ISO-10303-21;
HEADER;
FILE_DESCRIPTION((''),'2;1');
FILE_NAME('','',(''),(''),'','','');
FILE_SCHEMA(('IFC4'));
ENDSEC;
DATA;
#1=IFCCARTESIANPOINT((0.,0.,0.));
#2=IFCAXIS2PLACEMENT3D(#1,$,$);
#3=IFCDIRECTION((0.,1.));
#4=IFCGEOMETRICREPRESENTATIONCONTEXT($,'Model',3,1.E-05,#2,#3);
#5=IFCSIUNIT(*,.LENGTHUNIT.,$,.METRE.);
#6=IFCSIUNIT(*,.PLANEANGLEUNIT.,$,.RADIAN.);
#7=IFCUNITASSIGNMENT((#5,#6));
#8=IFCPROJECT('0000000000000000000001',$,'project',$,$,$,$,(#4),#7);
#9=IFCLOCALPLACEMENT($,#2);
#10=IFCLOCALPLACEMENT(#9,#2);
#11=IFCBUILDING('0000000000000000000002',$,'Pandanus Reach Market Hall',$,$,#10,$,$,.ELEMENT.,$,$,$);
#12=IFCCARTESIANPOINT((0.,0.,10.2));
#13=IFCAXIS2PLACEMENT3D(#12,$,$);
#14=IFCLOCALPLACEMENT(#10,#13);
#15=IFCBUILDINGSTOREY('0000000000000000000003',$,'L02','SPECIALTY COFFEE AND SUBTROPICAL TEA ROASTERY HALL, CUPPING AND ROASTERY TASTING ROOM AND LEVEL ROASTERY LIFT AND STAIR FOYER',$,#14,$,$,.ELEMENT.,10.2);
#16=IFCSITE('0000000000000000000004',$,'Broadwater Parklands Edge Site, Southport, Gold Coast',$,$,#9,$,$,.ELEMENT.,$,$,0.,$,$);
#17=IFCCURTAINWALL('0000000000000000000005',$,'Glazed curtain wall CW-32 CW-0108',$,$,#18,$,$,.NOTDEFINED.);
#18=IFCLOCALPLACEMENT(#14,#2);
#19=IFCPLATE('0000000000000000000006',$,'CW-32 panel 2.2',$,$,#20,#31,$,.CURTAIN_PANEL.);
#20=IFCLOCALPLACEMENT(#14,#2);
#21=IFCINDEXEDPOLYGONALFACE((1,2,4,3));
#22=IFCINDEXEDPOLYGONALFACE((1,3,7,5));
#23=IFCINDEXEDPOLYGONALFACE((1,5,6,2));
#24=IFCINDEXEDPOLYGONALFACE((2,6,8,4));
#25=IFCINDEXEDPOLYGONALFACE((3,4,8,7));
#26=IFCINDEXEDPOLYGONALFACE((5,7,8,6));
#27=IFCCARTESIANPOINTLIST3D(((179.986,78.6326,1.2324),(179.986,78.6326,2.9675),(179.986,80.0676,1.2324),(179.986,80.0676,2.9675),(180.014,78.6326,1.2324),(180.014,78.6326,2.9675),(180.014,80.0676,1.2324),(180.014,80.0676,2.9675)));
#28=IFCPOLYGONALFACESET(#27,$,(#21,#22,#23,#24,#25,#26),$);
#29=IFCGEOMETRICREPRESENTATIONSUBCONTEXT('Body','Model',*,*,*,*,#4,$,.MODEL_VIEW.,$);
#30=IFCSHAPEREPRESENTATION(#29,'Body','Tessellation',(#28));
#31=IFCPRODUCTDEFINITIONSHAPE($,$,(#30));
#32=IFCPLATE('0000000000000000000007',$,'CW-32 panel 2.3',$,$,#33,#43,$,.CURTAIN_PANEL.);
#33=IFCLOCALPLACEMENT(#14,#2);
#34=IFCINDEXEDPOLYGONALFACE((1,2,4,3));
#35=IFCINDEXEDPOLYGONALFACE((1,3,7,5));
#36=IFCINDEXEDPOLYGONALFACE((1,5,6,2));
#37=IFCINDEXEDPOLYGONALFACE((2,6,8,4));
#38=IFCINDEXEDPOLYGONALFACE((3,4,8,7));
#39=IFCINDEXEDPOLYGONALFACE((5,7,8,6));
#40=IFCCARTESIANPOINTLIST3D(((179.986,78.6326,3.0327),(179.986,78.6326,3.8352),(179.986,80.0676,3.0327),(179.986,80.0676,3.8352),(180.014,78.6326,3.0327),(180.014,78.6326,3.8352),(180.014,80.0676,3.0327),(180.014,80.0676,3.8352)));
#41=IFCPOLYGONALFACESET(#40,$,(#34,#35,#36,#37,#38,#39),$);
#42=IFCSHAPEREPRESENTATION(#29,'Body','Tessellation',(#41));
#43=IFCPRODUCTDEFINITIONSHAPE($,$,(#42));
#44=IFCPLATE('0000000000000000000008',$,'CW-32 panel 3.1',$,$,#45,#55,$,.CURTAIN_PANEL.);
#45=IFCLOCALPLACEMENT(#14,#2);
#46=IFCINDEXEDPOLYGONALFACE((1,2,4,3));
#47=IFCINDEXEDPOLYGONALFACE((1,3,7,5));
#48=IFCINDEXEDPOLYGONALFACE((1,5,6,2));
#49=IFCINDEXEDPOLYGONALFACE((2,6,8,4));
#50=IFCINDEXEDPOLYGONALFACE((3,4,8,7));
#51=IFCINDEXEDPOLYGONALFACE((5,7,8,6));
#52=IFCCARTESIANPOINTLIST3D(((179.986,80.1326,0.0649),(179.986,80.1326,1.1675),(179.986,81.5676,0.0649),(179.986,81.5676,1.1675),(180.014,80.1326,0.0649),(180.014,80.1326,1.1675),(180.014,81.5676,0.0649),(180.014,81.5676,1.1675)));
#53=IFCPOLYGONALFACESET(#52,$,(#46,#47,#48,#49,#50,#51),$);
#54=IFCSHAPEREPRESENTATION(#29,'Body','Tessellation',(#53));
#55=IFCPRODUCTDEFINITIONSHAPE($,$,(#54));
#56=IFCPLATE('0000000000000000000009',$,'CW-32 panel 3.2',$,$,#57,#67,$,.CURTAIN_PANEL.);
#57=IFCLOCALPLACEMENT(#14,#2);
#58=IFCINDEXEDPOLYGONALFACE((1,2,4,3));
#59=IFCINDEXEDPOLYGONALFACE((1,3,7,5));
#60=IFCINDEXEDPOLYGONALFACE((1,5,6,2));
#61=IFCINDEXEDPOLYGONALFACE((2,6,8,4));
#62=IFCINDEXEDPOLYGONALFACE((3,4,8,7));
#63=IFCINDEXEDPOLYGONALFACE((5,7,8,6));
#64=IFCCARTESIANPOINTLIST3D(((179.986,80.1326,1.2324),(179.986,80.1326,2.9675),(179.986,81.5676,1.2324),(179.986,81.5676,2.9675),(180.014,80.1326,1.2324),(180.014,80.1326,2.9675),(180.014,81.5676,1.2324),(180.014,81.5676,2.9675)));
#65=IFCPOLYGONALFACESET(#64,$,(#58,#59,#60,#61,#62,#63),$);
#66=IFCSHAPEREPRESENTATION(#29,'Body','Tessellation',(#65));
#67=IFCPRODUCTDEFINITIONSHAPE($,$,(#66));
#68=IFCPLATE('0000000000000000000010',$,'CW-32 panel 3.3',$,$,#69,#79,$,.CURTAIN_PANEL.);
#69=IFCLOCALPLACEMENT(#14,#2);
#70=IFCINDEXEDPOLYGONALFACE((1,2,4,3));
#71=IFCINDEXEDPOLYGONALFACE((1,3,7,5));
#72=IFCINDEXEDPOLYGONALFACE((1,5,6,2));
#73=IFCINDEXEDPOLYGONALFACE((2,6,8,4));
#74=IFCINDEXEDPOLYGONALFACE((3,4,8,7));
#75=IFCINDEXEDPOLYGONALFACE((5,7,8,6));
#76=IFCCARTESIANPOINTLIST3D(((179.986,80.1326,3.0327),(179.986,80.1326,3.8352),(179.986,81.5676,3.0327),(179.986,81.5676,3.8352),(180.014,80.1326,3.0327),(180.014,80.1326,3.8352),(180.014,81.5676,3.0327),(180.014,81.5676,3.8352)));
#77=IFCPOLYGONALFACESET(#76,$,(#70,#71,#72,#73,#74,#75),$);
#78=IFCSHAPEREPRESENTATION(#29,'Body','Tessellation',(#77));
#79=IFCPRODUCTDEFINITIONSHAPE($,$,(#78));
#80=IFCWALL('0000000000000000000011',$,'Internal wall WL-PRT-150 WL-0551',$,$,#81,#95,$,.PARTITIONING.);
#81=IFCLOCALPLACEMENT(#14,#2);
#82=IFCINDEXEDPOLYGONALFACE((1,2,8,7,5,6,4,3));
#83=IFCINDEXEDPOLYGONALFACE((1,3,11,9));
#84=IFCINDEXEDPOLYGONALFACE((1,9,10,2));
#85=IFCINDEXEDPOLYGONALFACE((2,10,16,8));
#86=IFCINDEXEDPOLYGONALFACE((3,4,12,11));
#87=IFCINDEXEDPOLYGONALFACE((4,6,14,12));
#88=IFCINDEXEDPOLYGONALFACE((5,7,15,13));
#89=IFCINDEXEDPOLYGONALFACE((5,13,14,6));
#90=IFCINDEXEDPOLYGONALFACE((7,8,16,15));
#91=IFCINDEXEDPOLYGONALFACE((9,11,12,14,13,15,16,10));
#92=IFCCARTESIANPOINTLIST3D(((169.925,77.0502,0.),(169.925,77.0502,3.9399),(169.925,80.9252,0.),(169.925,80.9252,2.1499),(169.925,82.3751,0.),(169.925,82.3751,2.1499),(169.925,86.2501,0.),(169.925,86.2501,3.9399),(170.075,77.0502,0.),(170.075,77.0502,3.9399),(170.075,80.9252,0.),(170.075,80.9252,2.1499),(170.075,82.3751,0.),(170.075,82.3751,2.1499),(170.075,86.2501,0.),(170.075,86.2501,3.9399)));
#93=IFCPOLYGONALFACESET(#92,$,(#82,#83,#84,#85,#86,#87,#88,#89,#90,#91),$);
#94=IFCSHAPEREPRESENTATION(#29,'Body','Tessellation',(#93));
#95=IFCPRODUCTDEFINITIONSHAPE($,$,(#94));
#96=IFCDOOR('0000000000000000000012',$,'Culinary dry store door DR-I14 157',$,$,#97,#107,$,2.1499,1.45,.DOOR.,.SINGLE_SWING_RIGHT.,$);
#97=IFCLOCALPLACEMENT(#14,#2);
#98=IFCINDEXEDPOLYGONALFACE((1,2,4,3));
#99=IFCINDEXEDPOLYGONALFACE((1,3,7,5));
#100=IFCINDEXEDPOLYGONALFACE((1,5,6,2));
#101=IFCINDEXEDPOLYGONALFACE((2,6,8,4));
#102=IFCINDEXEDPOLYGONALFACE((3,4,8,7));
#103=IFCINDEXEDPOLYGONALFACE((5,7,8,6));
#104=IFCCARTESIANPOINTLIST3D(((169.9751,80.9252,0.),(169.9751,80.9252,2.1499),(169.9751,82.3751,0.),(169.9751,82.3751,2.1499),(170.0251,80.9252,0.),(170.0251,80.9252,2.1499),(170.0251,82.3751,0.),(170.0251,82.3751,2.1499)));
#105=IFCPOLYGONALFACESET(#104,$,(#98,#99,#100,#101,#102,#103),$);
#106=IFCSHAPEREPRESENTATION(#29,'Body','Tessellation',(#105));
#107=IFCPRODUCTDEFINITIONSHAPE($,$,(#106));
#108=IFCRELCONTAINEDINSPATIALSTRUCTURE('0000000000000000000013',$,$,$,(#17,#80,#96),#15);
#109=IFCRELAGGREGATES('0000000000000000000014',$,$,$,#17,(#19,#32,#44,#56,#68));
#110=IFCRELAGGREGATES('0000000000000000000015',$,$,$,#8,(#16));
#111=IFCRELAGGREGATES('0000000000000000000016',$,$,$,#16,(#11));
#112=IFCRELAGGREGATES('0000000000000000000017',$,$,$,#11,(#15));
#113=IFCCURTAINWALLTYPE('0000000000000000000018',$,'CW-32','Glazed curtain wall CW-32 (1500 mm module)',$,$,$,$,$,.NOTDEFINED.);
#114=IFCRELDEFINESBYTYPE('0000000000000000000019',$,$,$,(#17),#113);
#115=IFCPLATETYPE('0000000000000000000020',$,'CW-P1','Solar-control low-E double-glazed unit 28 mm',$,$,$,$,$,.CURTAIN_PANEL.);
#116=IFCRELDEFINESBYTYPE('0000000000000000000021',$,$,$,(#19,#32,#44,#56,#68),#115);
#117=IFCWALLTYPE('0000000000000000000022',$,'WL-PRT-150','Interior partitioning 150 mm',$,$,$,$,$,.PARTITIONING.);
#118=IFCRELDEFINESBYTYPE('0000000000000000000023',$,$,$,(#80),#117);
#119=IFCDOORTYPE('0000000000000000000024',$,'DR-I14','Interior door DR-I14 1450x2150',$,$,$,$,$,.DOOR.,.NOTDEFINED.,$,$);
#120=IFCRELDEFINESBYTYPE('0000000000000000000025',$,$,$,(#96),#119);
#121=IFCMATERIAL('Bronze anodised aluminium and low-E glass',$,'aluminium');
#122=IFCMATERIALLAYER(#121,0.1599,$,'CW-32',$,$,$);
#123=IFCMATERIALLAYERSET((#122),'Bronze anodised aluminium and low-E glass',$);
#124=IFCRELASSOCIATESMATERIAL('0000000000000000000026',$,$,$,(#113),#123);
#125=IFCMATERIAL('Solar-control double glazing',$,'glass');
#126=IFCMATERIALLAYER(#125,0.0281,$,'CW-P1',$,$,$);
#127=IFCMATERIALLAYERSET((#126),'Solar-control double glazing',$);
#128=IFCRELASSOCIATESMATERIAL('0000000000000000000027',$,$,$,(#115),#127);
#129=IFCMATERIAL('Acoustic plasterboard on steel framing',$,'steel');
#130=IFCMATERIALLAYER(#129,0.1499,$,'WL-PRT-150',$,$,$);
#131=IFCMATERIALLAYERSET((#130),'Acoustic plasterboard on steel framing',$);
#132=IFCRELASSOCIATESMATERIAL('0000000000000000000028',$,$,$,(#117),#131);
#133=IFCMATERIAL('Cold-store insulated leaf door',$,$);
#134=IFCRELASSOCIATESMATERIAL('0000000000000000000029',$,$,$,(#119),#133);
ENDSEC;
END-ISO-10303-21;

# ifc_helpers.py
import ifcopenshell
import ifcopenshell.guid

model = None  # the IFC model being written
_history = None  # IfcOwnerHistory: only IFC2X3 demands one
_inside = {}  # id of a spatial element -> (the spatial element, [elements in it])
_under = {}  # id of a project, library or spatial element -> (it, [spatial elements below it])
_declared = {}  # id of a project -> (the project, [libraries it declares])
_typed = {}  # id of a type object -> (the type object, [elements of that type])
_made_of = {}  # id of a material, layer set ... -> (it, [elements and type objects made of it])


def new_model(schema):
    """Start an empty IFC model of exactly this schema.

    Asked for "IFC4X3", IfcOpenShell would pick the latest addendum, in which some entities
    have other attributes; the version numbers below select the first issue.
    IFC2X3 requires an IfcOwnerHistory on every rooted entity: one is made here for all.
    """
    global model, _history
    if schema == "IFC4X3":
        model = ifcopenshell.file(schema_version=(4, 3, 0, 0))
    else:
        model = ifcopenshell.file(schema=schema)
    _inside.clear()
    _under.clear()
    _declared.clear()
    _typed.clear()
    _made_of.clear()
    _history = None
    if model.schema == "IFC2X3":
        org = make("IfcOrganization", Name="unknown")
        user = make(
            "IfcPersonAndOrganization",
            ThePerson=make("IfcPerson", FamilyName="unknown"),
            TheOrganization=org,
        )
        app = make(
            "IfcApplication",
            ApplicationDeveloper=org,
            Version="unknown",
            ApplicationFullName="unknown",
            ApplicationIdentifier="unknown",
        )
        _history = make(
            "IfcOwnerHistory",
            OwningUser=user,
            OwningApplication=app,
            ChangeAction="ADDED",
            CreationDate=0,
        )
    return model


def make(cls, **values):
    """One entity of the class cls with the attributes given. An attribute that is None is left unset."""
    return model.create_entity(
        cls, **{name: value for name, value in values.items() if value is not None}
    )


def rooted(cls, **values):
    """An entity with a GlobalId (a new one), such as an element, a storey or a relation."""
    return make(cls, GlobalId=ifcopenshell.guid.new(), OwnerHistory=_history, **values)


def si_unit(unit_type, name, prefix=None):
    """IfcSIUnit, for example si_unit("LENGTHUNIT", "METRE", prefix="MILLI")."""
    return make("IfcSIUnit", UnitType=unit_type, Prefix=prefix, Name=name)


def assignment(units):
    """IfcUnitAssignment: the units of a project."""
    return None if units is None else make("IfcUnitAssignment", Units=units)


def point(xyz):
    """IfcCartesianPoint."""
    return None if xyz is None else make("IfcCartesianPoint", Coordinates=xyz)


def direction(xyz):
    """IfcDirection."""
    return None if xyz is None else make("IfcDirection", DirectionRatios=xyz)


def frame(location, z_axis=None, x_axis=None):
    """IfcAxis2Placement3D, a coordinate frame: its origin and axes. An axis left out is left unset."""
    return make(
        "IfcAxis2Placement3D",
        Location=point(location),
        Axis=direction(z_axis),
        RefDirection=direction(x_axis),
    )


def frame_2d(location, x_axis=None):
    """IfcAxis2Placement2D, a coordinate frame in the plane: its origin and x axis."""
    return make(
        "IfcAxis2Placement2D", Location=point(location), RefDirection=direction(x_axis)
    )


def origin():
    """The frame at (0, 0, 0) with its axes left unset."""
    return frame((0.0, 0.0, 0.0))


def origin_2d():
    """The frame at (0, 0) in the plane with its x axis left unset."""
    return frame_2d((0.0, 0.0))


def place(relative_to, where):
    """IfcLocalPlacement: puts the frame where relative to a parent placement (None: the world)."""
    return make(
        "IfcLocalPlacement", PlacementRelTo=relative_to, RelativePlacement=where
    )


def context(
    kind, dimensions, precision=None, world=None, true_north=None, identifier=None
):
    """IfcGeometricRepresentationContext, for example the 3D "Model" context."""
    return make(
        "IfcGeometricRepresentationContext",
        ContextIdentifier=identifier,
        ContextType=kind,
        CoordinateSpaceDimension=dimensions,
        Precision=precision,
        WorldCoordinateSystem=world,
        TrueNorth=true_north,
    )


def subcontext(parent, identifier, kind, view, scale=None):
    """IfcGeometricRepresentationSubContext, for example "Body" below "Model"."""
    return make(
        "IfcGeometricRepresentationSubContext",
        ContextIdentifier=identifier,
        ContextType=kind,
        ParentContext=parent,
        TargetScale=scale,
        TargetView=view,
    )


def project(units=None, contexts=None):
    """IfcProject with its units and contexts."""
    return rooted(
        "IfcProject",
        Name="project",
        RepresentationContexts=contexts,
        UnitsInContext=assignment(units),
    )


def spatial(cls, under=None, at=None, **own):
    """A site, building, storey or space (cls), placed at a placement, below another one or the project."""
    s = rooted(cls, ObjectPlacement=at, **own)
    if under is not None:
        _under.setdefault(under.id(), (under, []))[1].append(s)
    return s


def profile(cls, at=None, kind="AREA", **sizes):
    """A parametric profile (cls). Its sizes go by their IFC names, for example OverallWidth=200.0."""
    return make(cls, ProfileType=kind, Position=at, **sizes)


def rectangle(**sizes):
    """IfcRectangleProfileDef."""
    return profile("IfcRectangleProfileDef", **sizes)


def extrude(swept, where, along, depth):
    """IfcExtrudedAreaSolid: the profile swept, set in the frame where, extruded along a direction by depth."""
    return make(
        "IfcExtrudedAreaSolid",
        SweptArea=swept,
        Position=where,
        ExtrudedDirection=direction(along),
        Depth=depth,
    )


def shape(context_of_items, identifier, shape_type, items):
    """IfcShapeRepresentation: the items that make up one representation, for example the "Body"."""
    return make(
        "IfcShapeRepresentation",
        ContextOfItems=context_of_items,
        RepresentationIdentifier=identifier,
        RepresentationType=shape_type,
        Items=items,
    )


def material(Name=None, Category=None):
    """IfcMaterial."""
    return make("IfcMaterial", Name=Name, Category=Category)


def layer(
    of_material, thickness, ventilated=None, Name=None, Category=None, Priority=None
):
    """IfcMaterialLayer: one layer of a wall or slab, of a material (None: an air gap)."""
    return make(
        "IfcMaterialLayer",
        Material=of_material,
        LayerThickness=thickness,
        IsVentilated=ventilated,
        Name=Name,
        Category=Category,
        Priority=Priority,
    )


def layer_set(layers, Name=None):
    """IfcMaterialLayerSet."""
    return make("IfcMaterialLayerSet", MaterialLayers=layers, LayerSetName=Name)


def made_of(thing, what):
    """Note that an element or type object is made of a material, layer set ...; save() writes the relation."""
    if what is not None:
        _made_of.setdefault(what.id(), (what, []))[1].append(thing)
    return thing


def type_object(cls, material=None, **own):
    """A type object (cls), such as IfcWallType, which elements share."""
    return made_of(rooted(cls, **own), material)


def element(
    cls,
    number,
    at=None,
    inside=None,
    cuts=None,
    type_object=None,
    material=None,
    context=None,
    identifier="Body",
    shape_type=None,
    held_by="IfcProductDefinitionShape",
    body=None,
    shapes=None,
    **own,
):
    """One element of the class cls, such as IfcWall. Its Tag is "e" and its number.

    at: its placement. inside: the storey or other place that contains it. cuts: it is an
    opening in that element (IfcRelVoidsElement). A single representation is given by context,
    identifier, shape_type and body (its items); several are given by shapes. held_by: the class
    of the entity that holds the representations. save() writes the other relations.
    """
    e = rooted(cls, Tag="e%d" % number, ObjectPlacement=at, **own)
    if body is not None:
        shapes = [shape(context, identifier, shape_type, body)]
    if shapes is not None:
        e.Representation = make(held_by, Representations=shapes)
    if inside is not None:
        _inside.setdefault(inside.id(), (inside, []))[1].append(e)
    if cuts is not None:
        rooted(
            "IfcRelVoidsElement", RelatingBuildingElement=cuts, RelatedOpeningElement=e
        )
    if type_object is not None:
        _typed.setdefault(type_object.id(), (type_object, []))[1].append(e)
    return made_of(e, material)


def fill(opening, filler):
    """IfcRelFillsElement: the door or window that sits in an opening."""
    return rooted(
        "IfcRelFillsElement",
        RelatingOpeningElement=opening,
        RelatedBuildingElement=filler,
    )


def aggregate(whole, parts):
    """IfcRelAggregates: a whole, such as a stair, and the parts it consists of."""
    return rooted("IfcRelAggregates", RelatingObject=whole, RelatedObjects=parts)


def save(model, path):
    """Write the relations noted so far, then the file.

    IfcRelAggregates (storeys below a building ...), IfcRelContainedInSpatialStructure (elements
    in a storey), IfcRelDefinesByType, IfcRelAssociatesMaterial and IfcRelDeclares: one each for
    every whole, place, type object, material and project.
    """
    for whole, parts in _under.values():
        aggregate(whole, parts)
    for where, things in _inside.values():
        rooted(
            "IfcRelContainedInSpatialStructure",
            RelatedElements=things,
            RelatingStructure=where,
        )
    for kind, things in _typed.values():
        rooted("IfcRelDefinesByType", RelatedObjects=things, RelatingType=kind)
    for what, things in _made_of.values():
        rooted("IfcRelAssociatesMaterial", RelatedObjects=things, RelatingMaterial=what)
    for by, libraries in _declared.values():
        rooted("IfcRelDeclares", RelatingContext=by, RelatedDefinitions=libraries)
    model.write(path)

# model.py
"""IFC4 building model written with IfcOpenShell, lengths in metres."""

from ifc_helpers import new_model, si_unit, direction, frame, frame_2d, origin, origin_2d, place, context, subcontext, project, spatial, rectangle, extrude, material, layer, layer_set, type_object, element, fill, aggregate, save


model = new_model("IFC4")

# Units and contexts
model_context = context("Model", 3, precision=1e-05, world=origin(), true_north=direction((0.0, 1.0)))
body_context = subcontext(model_context, "Body", "Model", "MODEL_VIEW")
ifc_project = project(units=[si_unit("LENGTHUNIT", "METRE"), si_unit("PLANEANGLEUNIT", "RADIAN")], contexts=[model_context])

# Site, building, storey
site_placement = place(None, origin())
site = spatial("IfcSite", under=ifc_project, at=site_placement, Name="Broadwater Parklands Edge Site, Southport, Gold Coast", CompositionType="ELEMENT", RefElevation=0.0)
building_placement = place(site_placement, origin())
building = spatial("IfcBuilding", under=site, at=building_placement, Name="Pandanus Reach Market Hall", CompositionType="ELEMENT")
storey_placement = place(building_placement, frame((0.0, 0.0, 10.2)))
storey = spatial("IfcBuildingStorey", under=building, at=storey_placement, Name="L02", Description="SPECIALTY COFFEE AND SUBTROPICAL TEA ROASTERY HALL, CUPPING AND ROASTERY TASTING ROOM AND LEVEL ROASTERY LIFT AND STAIR FOYER", CompositionType="ELEMENT", Elevation=10.2)

# Curtain wall, plates
ifc_material_1 = material(Name="Bronze anodised aluminium and low-E glass", Category="aluminium")
ifc_layer_1 = layer(ifc_material_1, 0.1599, Name="CW-32")
ifc_layer_set_1 = layer_set([ifc_layer_1], Name="Bronze anodised aluminium and low-E glass")
curtain_wall_type = type_object("IfcCurtainWallType", Name="CW-32", Description="Glazed curtain wall CW-32 (1500 mm module)", PredefinedType="NOTDEFINED", material=ifc_layer_set_1)
curtain_wall_placement = place(storey_placement, origin())
curtain_wall = element("IfcCurtainWall", 1, at=curtain_wall_placement, inside=storey, type_object=curtain_wall_type, Name="Glazed curtain wall CW-32 CW-0108", PredefinedType="NOTDEFINED")
ifc_material_2 = material(Name="Solar-control double glazing", Category="glass")
ifc_layer_2 = layer(ifc_material_2, 0.0281, Name="CW-P1")
ifc_layer_set_2 = layer_set([ifc_layer_2], Name="Solar-control double glazing")
plate_type = type_object("IfcPlateType", Name="CW-P1", Description="Solar-control low-E double-glazed unit 28 mm", PredefinedType="CURTAIN_PANEL", material=ifc_layer_set_2)
plate_1_placement = place(storey_placement, frame((180.0, 79.3501, 1.2324), z_axis=(0.0, 0.0, 1.0), x_axis=(0.0, 1.0, 0.0)))
plate_1 = element("IfcPlate", 2, at=plate_1_placement, type_object=plate_type, Name="CW-32 panel 2.2", PredefinedType="CURTAIN_PANEL", context=body_context, shape_type="SweptSolid", body=[
    extrude(rectangle(XDim=1.4351, YDim=0.0281, at=origin_2d()), origin(), (0.0, 0.0, 1.0), 1.7351),
])
plate_2_placement = place(storey_placement, frame((180.0, 79.3501, 3.0327), z_axis=(0.0, 0.0, 1.0), x_axis=(0.0, 1.0, 0.0)))
plate_2 = element("IfcPlate", 3, at=plate_2_placement, type_object=plate_type, Name="CW-32 panel 2.3", PredefinedType="CURTAIN_PANEL", context=body_context, shape_type="SweptSolid", body=[
    extrude(rectangle(XDim=1.4351, YDim=0.0281, at=origin_2d()), origin(), (0.0, 0.0, 1.0), 0.8025),
])
plate_3_placement = place(storey_placement, frame((180.0, 80.8501, 0.0649), z_axis=(0.0, 0.0, 1.0), x_axis=(0.0, 1.0, 0.0)))
plate_3 = element("IfcPlate", 4, at=plate_3_placement, type_object=plate_type, Name="CW-32 panel 3.1", PredefinedType="CURTAIN_PANEL", context=body_context, shape_type="SweptSolid", body=[
    extrude(rectangle(XDim=1.4351, YDim=0.0281, at=origin_2d()), origin(), (0.0, 0.0, 1.0), 1.1025),
])
plate_4_placement = place(storey_placement, frame((180.0, 80.8501, 1.2324), z_axis=(0.0, 0.0, 1.0), x_axis=(0.0, 1.0, 0.0)))
plate_4 = element("IfcPlate", 5, at=plate_4_placement, type_object=plate_type, Name="CW-32 panel 3.2", PredefinedType="CURTAIN_PANEL", context=body_context, shape_type="SweptSolid", body=[
    extrude(rectangle(XDim=1.4351, YDim=0.0281, at=origin_2d()), origin(), (0.0, 0.0, 1.0), 1.7351),
])
plate_5_placement = place(storey_placement, frame((180.0, 80.8501, 3.0327), z_axis=(0.0, 0.0, 1.0), x_axis=(0.0, 1.0, 0.0)))
plate_5 = element("IfcPlate", 6, at=plate_5_placement, type_object=plate_type, Name="CW-32 panel 3.3", PredefinedType="CURTAIN_PANEL", context=body_context, shape_type="SweptSolid", body=[
    extrude(rectangle(XDim=1.4351, YDim=0.0281, at=origin_2d()), origin(), (0.0, 0.0, 1.0), 0.8025),
])
aggregate(curtain_wall, [plate_1, plate_2, plate_3, plate_4, plate_5])

# Wall, opening, door
ifc_material_3 = material(Name="Acoustic plasterboard on steel framing", Category="steel")
ifc_layer_3 = layer(ifc_material_3, 0.1499, Name="WL-PRT-150")
ifc_layer_set_3 = layer_set([ifc_layer_3], Name="Acoustic plasterboard on steel framing")
wall_type = type_object("IfcWallType", Name="WL-PRT-150", Description="Interior partitioning 150 mm", PredefinedType="PARTITIONING", material=ifc_layer_set_3)
wall_placement = place(storey_placement, frame((170.0, 77.05, 0.0), z_axis=(0.0, 0.0, 1.0), x_axis=(0.0, 1.0, 0.0)))
wall = element("IfcWall", 7, at=wall_placement, inside=storey, type_object=wall_type, Name="Internal wall WL-PRT-150 WL-0551", PredefinedType="PARTITIONING", context=body_context, shape_type="SweptSolid", body=[
    extrude(rectangle(XDim=9.2, YDim=0.1499, at=frame_2d((4.6001, 0.0))), origin(), (0.0, 0.0, 1.0), 3.9399),
])
opening_placement = place(wall_placement, frame((3.875, 0.0, 0.0)))
opening = element("IfcOpeningElement", 8, at=opening_placement, cuts=wall, PredefinedType="OPENING", context=body_context, shape_type="SweptSolid", body=[
    extrude(rectangle(XDim=1.45, YDim=2.1499, at=frame_2d((0.7251, 1.075))), frame((0.0, 0.0898, 0.0), z_axis=(0.0, -1.0, 0.0), x_axis=(1.0, 0.0, 0.0)), (0.0, 0.0, 1.0), 0.1799),
])
ifc_material_4 = material(Name="Cold-store insulated leaf door")
door_type = type_object("IfcDoorType", Name="DR-I14", Description="Interior door DR-I14 1450x2150", OperationType="NOTDEFINED", PredefinedType="DOOR", material=ifc_material_4)
door_placement = place(opening_placement, origin())
door = element("IfcDoor", 9, at=door_placement, inside=storey, type_object=door_type, Name="Culinary dry store door DR-I14 157", OperationType="SINGLE_SWING_RIGHT", OverallHeight=2.1499, OverallWidth=1.45, PredefinedType="DOOR", context=body_context, shape_type="SweptSolid", body=[
    extrude(rectangle(XDim=1.45, YDim=2.1499, at=frame_2d((0.7251, 1.075))), frame((0.0, 0.0249, 0.0), z_axis=(0.0, -1.0, 0.0), x_axis=(1.0, 0.0, 0.0)), (0.0, 0.0, 1.0), 0.05),
])
fill(opening, door)

save(model, "model.ifc")
